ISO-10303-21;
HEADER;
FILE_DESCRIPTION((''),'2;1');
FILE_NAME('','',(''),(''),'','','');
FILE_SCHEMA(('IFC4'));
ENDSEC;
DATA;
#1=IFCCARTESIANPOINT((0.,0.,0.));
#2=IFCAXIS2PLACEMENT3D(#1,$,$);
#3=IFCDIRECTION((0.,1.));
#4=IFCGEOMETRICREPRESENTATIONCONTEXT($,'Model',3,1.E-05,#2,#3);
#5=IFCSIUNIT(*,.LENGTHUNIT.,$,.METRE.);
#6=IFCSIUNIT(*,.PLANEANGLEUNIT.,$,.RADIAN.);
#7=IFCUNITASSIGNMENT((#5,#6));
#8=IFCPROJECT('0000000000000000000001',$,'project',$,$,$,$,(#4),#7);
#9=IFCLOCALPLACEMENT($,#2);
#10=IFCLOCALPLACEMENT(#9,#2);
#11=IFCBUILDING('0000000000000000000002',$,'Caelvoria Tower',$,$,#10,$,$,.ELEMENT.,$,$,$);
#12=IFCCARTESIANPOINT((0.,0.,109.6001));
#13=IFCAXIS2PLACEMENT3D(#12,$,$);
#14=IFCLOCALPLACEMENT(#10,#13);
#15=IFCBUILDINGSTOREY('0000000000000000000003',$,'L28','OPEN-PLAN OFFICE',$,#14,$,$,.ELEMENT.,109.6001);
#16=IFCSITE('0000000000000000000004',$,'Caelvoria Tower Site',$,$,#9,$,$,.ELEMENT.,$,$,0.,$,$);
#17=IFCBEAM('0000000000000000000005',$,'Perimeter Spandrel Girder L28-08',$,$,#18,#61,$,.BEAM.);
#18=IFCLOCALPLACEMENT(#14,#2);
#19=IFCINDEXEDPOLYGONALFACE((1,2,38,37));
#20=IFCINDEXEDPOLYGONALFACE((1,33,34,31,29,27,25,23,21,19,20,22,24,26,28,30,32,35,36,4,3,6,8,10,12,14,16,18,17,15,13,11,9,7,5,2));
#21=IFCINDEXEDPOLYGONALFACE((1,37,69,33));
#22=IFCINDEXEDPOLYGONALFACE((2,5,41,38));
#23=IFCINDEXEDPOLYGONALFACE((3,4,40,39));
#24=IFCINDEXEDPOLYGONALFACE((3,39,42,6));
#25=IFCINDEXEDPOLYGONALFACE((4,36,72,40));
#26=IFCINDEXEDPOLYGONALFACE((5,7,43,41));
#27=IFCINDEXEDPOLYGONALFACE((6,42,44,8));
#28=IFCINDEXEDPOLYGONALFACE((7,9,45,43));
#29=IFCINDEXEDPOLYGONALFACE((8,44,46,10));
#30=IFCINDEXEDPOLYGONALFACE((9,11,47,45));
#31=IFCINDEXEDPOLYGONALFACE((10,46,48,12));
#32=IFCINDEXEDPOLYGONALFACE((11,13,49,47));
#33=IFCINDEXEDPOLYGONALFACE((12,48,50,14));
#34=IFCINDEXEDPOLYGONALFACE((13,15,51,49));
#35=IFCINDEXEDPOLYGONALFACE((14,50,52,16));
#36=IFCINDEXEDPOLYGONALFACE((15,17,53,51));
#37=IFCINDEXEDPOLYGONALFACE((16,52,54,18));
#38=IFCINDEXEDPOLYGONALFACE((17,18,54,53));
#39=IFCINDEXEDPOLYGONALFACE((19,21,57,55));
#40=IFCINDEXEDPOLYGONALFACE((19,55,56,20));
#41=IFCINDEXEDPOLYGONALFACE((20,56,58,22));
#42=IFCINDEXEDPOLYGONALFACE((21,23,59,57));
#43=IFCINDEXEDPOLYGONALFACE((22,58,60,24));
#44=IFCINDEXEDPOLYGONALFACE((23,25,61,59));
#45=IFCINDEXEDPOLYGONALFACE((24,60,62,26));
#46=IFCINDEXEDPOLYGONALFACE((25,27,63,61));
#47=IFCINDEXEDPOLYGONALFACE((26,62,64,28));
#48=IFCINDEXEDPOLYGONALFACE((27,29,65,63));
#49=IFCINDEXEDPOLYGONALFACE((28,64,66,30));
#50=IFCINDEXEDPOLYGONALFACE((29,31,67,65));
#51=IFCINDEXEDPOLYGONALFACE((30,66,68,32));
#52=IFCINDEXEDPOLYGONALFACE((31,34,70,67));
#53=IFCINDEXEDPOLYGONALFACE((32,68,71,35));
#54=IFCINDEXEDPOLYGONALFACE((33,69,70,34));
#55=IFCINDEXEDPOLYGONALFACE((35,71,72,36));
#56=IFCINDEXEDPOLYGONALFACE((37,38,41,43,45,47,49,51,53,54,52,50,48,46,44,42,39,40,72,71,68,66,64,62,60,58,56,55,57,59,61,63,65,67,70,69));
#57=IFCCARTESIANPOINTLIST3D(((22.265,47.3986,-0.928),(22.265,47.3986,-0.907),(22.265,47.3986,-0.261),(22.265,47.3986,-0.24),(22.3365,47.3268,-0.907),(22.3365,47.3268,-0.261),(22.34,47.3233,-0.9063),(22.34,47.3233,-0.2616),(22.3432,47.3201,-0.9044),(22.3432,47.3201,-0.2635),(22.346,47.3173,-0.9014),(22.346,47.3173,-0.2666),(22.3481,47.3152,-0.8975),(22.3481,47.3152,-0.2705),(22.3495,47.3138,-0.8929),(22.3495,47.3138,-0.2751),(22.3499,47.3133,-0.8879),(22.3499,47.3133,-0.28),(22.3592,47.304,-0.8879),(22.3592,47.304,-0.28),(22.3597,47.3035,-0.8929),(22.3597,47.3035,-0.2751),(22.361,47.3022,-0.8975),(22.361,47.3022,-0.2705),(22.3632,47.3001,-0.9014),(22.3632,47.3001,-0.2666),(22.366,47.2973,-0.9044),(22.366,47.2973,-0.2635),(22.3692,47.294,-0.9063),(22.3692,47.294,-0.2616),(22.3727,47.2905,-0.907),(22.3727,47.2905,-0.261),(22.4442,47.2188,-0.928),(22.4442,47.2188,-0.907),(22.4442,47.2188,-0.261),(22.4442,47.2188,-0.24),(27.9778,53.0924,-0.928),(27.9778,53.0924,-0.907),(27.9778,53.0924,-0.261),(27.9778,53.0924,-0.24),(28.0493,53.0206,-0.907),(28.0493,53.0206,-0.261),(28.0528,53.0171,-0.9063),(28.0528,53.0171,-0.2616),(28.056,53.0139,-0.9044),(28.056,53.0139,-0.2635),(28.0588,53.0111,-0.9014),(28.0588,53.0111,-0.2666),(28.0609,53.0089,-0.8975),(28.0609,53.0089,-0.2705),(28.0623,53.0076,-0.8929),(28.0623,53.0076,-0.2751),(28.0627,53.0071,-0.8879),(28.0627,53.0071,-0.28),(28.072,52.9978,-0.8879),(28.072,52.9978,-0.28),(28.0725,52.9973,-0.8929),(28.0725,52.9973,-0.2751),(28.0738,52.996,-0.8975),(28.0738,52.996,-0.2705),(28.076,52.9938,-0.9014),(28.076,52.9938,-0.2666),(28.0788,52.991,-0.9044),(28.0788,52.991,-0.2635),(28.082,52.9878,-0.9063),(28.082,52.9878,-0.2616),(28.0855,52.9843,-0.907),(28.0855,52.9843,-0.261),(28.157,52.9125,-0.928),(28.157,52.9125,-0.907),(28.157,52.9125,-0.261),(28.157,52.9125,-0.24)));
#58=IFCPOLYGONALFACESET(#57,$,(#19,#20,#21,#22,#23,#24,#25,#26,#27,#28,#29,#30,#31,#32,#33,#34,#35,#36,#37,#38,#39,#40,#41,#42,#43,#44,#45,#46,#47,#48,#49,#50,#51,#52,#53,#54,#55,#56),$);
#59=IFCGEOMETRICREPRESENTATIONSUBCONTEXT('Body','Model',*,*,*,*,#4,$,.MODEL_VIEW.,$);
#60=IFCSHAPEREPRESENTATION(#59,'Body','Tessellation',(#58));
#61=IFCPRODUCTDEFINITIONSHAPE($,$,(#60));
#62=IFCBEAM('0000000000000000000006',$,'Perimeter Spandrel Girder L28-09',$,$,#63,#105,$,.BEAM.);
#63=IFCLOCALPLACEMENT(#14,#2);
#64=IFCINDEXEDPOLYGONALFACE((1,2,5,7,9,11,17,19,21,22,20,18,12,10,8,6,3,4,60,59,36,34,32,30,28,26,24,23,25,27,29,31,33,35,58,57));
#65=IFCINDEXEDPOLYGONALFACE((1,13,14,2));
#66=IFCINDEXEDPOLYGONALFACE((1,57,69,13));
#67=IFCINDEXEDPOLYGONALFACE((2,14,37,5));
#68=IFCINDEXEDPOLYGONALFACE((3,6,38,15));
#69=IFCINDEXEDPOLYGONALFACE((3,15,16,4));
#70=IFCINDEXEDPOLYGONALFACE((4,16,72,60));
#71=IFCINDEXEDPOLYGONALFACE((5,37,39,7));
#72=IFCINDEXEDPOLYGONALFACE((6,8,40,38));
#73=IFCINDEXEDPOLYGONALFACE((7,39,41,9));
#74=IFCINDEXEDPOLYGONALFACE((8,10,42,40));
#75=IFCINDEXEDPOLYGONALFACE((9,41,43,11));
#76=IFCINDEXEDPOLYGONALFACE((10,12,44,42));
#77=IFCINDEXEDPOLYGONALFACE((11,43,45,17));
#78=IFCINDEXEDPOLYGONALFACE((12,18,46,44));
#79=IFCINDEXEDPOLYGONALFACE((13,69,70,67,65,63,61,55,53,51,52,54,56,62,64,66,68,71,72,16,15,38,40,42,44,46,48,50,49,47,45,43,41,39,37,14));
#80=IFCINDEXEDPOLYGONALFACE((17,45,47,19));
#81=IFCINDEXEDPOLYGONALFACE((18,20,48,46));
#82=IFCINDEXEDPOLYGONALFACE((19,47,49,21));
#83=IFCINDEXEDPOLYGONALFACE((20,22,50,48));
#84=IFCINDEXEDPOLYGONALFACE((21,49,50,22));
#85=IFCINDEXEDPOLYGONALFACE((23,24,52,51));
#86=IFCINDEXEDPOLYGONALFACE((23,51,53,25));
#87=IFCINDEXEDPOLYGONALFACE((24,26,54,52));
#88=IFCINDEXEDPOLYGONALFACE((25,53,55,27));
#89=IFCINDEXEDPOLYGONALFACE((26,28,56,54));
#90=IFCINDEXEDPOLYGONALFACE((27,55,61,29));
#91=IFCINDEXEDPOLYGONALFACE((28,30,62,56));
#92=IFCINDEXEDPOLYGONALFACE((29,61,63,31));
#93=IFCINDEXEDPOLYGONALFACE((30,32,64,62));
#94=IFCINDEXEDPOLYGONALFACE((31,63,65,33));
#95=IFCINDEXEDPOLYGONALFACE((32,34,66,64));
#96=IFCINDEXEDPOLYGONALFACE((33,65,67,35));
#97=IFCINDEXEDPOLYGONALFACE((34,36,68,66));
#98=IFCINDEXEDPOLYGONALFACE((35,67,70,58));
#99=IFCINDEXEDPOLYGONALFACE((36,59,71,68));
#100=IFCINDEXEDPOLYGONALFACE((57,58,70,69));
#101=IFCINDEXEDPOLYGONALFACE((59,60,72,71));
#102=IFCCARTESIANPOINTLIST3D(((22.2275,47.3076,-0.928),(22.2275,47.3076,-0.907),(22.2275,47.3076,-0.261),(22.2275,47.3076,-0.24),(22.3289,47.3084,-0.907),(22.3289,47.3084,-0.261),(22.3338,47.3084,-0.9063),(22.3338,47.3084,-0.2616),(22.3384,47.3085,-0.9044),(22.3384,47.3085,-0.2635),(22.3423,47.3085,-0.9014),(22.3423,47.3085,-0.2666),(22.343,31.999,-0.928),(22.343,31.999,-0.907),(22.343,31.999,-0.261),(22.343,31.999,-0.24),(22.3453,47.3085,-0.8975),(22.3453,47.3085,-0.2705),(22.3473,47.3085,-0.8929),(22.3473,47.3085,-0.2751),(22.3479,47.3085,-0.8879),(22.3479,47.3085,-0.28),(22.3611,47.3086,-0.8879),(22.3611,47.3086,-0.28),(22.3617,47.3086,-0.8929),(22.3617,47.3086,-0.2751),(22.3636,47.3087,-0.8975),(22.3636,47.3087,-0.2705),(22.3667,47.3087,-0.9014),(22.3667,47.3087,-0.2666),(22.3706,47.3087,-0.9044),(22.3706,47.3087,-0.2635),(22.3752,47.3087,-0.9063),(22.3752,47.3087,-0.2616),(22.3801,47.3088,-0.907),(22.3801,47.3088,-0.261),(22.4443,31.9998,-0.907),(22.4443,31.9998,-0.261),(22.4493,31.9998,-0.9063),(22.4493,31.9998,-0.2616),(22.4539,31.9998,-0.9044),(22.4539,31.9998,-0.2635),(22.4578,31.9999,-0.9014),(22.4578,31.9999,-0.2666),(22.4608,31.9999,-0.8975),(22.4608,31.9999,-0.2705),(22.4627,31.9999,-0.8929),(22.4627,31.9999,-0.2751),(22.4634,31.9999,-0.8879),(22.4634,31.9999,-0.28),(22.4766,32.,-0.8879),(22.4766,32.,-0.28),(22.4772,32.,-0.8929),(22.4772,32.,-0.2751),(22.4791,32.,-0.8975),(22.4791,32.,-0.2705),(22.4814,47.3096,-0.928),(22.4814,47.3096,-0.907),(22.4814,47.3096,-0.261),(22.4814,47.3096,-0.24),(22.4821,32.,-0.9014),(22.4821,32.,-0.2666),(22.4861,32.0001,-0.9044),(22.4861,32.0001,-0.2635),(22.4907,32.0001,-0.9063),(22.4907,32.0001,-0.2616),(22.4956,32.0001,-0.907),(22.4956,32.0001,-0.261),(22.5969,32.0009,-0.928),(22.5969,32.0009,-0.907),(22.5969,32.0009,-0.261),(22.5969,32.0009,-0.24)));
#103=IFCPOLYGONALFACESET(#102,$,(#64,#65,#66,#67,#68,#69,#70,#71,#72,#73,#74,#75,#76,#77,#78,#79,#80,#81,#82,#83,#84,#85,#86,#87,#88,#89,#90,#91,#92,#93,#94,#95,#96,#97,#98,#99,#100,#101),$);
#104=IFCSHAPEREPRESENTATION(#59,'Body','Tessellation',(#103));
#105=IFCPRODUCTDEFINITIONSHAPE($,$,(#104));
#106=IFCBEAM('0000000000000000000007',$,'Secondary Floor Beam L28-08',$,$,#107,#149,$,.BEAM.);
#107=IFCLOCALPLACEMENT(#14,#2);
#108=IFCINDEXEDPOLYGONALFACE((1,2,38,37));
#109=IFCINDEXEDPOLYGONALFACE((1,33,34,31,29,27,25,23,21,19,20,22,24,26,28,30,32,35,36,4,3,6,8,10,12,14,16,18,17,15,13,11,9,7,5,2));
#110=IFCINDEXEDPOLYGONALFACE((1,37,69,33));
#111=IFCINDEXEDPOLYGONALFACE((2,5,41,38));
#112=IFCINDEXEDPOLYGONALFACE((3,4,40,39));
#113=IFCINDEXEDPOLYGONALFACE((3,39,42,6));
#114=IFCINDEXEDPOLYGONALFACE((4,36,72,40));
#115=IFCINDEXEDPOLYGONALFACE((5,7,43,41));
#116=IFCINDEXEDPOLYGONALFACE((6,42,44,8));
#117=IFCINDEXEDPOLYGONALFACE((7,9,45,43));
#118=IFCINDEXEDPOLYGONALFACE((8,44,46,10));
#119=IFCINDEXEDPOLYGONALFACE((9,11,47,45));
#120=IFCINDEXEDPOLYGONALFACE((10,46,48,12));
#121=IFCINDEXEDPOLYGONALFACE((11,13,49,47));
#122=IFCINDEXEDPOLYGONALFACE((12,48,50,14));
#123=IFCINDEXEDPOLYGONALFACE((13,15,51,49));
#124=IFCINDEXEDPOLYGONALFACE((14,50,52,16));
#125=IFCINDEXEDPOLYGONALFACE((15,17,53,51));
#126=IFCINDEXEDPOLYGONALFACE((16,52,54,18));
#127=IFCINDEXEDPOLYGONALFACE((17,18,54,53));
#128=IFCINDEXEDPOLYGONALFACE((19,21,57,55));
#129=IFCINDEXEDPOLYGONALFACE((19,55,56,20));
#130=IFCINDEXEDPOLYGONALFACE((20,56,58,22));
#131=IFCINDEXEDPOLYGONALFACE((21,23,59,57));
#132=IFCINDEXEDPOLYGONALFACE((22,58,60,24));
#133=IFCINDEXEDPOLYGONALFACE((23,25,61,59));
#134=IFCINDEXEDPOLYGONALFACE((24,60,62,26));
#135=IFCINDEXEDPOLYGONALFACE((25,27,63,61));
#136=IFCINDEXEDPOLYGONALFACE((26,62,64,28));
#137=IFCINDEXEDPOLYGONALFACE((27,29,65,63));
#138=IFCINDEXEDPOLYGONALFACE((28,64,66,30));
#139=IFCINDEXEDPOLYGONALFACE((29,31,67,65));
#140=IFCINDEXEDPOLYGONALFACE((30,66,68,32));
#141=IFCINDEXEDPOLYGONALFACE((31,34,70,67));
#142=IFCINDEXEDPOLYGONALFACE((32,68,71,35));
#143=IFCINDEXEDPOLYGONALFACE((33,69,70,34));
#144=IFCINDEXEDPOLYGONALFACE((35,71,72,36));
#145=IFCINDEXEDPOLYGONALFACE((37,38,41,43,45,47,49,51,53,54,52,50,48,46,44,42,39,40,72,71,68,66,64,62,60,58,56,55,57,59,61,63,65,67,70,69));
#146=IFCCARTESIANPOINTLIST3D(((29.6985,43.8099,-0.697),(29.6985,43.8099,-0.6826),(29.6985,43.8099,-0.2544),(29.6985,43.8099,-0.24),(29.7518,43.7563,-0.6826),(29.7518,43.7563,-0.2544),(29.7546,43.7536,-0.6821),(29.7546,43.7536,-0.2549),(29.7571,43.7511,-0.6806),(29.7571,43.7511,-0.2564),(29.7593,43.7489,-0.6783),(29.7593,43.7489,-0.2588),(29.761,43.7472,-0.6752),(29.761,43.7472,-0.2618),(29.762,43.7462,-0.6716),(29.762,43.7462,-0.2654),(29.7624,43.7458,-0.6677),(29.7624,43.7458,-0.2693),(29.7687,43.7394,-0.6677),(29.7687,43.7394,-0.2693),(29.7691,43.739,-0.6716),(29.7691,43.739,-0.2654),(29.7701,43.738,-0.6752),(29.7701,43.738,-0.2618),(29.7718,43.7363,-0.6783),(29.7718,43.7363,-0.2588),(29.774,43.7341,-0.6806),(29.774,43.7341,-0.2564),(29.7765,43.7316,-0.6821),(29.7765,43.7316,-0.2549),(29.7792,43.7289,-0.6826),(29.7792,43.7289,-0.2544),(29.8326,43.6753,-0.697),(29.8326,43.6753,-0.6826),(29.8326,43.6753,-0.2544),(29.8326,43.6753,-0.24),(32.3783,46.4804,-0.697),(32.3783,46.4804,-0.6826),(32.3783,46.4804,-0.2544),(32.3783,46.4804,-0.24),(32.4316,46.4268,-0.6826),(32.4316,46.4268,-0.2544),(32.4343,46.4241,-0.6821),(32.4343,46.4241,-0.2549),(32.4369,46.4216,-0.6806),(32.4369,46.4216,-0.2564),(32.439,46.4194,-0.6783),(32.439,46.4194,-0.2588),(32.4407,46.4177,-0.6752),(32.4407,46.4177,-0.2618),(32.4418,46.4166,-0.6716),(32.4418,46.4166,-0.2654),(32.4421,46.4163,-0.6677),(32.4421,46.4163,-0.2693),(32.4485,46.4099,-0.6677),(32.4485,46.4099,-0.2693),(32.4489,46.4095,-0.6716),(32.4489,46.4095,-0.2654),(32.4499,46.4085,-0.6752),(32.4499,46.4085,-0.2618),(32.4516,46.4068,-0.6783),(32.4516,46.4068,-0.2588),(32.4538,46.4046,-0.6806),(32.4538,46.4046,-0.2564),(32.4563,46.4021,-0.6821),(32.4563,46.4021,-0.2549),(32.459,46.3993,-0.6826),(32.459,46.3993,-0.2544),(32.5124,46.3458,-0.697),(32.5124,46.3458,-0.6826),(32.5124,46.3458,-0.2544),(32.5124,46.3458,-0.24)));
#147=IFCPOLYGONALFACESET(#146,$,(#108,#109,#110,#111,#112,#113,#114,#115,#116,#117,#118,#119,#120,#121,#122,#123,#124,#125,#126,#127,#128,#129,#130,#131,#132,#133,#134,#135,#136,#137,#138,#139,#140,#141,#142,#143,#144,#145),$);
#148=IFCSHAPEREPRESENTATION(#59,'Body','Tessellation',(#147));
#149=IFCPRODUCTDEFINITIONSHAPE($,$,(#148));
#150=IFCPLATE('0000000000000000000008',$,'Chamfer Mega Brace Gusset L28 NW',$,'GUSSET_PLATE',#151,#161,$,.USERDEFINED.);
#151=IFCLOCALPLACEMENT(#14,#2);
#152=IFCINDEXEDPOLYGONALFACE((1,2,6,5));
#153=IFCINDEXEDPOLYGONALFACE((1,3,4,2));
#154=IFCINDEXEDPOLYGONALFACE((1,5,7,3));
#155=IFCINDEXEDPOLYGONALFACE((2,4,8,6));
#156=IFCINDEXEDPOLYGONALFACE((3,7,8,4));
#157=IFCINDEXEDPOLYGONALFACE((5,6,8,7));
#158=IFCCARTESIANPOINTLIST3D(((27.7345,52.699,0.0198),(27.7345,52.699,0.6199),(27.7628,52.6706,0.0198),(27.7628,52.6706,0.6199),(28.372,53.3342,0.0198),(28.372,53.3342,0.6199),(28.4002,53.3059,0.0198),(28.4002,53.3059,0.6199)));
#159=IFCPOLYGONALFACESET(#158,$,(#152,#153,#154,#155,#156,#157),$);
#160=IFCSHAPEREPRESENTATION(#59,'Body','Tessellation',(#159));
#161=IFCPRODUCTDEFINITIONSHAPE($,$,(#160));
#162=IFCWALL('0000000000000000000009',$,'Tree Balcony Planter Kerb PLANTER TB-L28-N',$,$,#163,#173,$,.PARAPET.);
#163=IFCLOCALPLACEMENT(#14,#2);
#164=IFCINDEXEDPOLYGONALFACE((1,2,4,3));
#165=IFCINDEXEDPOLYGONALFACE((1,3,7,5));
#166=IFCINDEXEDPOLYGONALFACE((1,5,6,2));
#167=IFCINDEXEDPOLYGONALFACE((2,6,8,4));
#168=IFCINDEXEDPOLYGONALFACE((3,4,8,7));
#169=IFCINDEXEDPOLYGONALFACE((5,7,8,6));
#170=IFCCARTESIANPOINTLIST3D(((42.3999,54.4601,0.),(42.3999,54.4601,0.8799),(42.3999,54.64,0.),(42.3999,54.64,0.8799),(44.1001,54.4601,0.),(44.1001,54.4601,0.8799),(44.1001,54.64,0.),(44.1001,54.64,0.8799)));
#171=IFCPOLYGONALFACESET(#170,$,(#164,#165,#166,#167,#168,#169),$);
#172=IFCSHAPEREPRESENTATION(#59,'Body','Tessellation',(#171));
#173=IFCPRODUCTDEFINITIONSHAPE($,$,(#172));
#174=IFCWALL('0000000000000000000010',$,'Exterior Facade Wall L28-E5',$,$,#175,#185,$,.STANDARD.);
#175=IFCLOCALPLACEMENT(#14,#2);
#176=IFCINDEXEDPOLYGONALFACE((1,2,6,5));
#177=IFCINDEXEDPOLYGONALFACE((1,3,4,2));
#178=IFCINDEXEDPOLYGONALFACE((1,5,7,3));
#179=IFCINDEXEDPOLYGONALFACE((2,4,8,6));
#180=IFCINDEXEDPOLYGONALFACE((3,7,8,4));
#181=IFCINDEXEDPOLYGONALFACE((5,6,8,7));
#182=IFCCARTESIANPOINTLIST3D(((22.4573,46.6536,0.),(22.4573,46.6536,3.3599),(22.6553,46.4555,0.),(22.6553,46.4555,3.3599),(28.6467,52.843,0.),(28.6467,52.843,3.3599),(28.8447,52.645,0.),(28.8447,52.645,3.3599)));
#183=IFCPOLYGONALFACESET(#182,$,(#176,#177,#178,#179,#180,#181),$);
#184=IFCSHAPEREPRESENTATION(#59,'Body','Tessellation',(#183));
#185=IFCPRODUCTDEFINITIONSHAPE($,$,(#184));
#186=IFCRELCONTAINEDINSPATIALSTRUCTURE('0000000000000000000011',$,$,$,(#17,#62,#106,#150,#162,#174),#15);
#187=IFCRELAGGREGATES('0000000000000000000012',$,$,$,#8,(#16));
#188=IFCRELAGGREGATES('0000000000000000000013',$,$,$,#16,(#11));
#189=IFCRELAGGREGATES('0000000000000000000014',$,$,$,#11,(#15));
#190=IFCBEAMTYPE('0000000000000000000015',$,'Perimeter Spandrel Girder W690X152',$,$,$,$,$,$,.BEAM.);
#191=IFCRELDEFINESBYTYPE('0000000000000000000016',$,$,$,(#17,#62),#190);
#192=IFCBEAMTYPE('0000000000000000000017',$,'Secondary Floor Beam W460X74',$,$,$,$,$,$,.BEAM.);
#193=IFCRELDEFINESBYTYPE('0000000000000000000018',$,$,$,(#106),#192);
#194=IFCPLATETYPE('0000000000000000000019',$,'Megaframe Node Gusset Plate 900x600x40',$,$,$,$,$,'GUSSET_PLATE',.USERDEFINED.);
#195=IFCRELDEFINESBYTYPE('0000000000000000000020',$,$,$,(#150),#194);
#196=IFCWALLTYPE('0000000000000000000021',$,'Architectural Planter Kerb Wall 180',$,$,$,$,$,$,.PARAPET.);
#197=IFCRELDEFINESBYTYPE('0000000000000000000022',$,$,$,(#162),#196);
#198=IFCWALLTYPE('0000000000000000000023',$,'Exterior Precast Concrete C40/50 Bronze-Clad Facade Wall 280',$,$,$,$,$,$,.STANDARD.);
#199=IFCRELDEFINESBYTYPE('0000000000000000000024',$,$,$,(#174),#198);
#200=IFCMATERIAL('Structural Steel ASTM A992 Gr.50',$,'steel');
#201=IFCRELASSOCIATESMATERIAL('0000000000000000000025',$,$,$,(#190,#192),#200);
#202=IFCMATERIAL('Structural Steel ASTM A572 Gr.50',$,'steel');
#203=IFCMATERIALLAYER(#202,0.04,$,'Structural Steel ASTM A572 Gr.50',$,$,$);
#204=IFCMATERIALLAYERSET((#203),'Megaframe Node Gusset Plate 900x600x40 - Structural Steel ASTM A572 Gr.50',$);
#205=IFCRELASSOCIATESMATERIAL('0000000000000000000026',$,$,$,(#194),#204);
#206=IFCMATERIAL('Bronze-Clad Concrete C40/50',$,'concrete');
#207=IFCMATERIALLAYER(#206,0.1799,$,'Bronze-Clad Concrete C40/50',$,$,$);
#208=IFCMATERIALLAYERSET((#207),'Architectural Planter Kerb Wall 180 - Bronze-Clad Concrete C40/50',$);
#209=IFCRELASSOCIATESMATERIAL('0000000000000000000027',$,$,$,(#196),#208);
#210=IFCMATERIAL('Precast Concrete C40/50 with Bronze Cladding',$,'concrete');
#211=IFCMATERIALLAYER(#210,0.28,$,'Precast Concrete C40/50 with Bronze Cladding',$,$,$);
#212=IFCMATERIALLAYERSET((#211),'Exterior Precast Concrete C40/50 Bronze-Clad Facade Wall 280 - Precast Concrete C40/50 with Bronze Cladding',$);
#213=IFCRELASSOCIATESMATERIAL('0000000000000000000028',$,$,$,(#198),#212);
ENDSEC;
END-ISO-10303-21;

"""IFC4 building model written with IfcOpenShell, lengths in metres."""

from ifc_helpers import new_model, si_unit, direction, frame, frame_2d, origin, origin_2d, place, context, subcontext, project, spatial, rectangle, i_section, extrude, material, layer, layer_set, material_profile, profile_set, type_object, element, save


model = new_model("IFC4")

# Units and contexts
model_context = context("Model", 3, precision=1e-05, world=origin(), true_north=direction((0.0, 1.0)))
body_context = subcontext(model_context, "Body", "Model", "MODEL_VIEW")
ifc_project = project(units=[si_unit("LENGTHUNIT", "METRE"), si_unit("PLANEANGLEUNIT", "RADIAN")], contexts=[model_context])

# Site, building, storey
site_placement = place(None, origin())
site = spatial("IfcSite", under=ifc_project, at=site_placement, Name="Caelvoria Tower Site", CompositionType="ELEMENT", RefElevation=0.0)
building_placement = place(site_placement, origin())
building = spatial("IfcBuilding", under=site, at=building_placement, Name="Caelvoria Tower", CompositionType="ELEMENT")
storey_placement = place(building_placement, frame((0.0, 0.0, 109.6001)))
storey = spatial("IfcBuildingStorey", under=building, at=storey_placement, Name="L28", Description="OPEN-PLAN OFFICE", CompositionType="ELEMENT", Elevation=109.6001)

# Shared definitions
ifc_material_1 = material(Name="Structural Steel ASTM A572 Gr.50", Category="steel")

# Shared definitions
ifc_material_2 = material(Name="Structural Steel ASTM A992 Gr.50", Category="steel")

# Beams
ifc_material_profile_1 = material_profile(ifc_material_2, i_section(OverallWidth=0.2539, OverallDepth=0.688, WebThickness=0.0132, FlangeThickness=0.021, FilletRadius=0.019, at=origin_2d()), Name="Structural Steel ASTM A992 Gr.50")
ifc_profile_set_1 = profile_set([ifc_material_profile_1], Name="W690X152 - Structural Steel ASTM A992 Gr.50")
beam_type_1 = type_object("IfcBeamType", Name="Perimeter Spandrel Girder W690X152", PredefinedType="BEAM", material=ifc_profile_set_1)
beam_1_placement = place(storey_placement, frame((28.0674, 53.0024, -0.584), z_axis=(-0.708286, -0.705925, 0.0), x_axis=(0.705925, -0.708286, 0.0)))
element("IfcBeam", 1, at=beam_1_placement, inside=storey, type_object=beam_type_1, Name="Perimeter Spandrel Girder L28-08", PredefinedType="BEAM", context=body_context, shape_type="SweptSolid", body=[
    extrude(i_section(OverallWidth=0.2539, OverallDepth=0.688, WebThickness=0.0132, FlangeThickness=0.021, FilletRadius=0.019, at=origin_2d()), origin(), (0.0, 0.0, 1.0), 8.0657),
])
beam_2_placement = place(storey_placement, frame((22.3545, 47.3086, -0.584), z_axis=(0.007543, -0.999972, 0.0), x_axis=(0.999972, 0.007543, 0.0)))
element("IfcBeam", 2, at=beam_2_placement, inside=storey, type_object=beam_type_1, Name="Perimeter Spandrel Girder L28-09", PredefinedType="BEAM", context=body_context, shape_type="SweptSolid", body=[
    extrude(i_section(OverallWidth=0.2539, OverallDepth=0.688, WebThickness=0.0132, FlangeThickness=0.021, FilletRadius=0.019, at=origin_2d()), origin(), (0.0, 0.0, 1.0), 15.3091),
])
ifc_material_profile_2 = material_profile(ifc_material_2, i_section(OverallWidth=0.1899, OverallDepth=0.457, WebThickness=0.009, FlangeThickness=0.0144, FilletRadius=0.0149, at=origin_2d()), Name="Structural Steel ASTM A992 Gr.50")
ifc_profile_set_2 = profile_set([ifc_material_profile_2], Name="W460X74 - Structural Steel ASTM A992 Gr.50")
beam_type_2 = type_object("IfcBeamType", Name="Secondary Floor Beam W460X74", PredefinedType="BEAM", material=ifc_profile_set_2)
beam_3_placement = place(storey_placement, frame((32.4453, 46.4131, -0.4685), z_axis=(-0.708332, -0.70588, 0.0), x_axis=(0.70588, -0.708332, 0.0)))
element("IfcBeam", 3, at=beam_3_placement, inside=storey, type_object=beam_type_2, Name="Secondary Floor Beam L28-08", PredefinedType="BEAM", context=body_context, shape_type="SweptSolid", body=[
    extrude(i_section(OverallWidth=0.1899, OverallDepth=0.457, WebThickness=0.009, FlangeThickness=0.0144, FilletRadius=0.0149, at=origin_2d()), origin(), (0.0, 0.0, 1.0), 3.7832),
])

# Plate
ifc_layer_1 = layer(ifc_material_1, 0.04, Name="Structural Steel ASTM A572 Gr.50")
ifc_layer_set_1 = layer_set([ifc_layer_1], Name="Megaframe Node Gusset Plate 900x600x40 - Structural Steel ASTM A572 Gr.50")
plate_type = type_object("IfcPlateType", Name="Megaframe Node Gusset Plate 900x600x40", ElementType="GUSSET_PLATE", PredefinedType="USERDEFINED", material=ifc_layer_set_1)
plate_placement = place(storey_placement, frame((28.0674, 53.0024, 0.0198), z_axis=(0.0, 0.0, 1.0), x_axis=(-0.708308, -0.705904, 0.0)))
element("IfcPlate", 4, at=plate_placement, inside=storey, type_object=plate_type, Name="Chamfer Mega Brace Gusset L28 NW", ObjectType="GUSSET_PLATE", PredefinedType="USERDEFINED", context=body_context, shape_type="SweptSolid", body=[
    extrude(rectangle(XDim=0.8999, YDim=0.04, at=origin_2d()), origin(), (0.0, 0.0, 1.0), 0.6001),
])

# Walls
ifc_material_3 = material(Name="Bronze-Clad Concrete C40/50", Category="concrete")
ifc_layer_2 = layer(ifc_material_3, 0.1799, Name="Bronze-Clad Concrete C40/50")
ifc_layer_set_2 = layer_set([ifc_layer_2], Name="Architectural Planter Kerb Wall 180 - Bronze-Clad Concrete C40/50")
wall_type_1 = type_object("IfcWallType", Name="Architectural Planter Kerb Wall 180", PredefinedType="PARAPET", material=ifc_layer_set_2)
wall_1_placement = place(storey_placement, frame((42.3999, 54.55, 0.0), z_axis=(0.0, 0.0, 1.0), x_axis=(1.0, 0.0, 0.0)))
element("IfcWall", 5, at=wall_1_placement, inside=storey, type_object=wall_type_1, Name="Tree Balcony Planter Kerb PLANTER TB-L28-N", PredefinedType="PARAPET", context=body_context, shape_type="SweptSolid", body=[
    extrude(rectangle(XDim=1.7002, YDim=0.1799, at=frame_2d((0.8501, 0.0))), origin(), (0.0, 0.0, 1.0), 0.8799),
])
ifc_material_4 = material(Name="Precast Concrete C40/50 with Bronze Cladding", Category="concrete")
ifc_layer_3 = layer(ifc_material_4, 0.28, Name="Precast Concrete C40/50 with Bronze Cladding")
ifc_layer_set_3 = layer_set([ifc_layer_3], Name="Exterior Precast Concrete C40/50 Bronze-Clad Facade Wall 280 - Precast Concrete C40/50 with Bronze Cladding")
wall_type_2 = type_object("IfcWallType", Name="Exterior Precast Concrete C40/50 Bronze-Clad Facade Wall 280", PredefinedType="STANDARD", material=ifc_layer_set_3)
wall_2_placement = place(storey_placement, frame((28.7456, 52.7439, 0.0), z_axis=(0.0, 0.0, 1.0), x_axis=(-0.707107, -0.707107, 0.0)))
element("IfcWall", 6, at=wall_2_placement, inside=storey, type_object=wall_type_2, Name="Exterior Facade Wall L28-E5", PredefinedType="STANDARD", context=body_context, shape_type="SweptSolid", body=[
    extrude(rectangle(XDim=8.7532, YDim=0.28, at=frame_2d((4.3765, 0.0))), origin(), (0.0, 0.0, 1.0), 3.3599),
])

save(model, "model.ifc")
